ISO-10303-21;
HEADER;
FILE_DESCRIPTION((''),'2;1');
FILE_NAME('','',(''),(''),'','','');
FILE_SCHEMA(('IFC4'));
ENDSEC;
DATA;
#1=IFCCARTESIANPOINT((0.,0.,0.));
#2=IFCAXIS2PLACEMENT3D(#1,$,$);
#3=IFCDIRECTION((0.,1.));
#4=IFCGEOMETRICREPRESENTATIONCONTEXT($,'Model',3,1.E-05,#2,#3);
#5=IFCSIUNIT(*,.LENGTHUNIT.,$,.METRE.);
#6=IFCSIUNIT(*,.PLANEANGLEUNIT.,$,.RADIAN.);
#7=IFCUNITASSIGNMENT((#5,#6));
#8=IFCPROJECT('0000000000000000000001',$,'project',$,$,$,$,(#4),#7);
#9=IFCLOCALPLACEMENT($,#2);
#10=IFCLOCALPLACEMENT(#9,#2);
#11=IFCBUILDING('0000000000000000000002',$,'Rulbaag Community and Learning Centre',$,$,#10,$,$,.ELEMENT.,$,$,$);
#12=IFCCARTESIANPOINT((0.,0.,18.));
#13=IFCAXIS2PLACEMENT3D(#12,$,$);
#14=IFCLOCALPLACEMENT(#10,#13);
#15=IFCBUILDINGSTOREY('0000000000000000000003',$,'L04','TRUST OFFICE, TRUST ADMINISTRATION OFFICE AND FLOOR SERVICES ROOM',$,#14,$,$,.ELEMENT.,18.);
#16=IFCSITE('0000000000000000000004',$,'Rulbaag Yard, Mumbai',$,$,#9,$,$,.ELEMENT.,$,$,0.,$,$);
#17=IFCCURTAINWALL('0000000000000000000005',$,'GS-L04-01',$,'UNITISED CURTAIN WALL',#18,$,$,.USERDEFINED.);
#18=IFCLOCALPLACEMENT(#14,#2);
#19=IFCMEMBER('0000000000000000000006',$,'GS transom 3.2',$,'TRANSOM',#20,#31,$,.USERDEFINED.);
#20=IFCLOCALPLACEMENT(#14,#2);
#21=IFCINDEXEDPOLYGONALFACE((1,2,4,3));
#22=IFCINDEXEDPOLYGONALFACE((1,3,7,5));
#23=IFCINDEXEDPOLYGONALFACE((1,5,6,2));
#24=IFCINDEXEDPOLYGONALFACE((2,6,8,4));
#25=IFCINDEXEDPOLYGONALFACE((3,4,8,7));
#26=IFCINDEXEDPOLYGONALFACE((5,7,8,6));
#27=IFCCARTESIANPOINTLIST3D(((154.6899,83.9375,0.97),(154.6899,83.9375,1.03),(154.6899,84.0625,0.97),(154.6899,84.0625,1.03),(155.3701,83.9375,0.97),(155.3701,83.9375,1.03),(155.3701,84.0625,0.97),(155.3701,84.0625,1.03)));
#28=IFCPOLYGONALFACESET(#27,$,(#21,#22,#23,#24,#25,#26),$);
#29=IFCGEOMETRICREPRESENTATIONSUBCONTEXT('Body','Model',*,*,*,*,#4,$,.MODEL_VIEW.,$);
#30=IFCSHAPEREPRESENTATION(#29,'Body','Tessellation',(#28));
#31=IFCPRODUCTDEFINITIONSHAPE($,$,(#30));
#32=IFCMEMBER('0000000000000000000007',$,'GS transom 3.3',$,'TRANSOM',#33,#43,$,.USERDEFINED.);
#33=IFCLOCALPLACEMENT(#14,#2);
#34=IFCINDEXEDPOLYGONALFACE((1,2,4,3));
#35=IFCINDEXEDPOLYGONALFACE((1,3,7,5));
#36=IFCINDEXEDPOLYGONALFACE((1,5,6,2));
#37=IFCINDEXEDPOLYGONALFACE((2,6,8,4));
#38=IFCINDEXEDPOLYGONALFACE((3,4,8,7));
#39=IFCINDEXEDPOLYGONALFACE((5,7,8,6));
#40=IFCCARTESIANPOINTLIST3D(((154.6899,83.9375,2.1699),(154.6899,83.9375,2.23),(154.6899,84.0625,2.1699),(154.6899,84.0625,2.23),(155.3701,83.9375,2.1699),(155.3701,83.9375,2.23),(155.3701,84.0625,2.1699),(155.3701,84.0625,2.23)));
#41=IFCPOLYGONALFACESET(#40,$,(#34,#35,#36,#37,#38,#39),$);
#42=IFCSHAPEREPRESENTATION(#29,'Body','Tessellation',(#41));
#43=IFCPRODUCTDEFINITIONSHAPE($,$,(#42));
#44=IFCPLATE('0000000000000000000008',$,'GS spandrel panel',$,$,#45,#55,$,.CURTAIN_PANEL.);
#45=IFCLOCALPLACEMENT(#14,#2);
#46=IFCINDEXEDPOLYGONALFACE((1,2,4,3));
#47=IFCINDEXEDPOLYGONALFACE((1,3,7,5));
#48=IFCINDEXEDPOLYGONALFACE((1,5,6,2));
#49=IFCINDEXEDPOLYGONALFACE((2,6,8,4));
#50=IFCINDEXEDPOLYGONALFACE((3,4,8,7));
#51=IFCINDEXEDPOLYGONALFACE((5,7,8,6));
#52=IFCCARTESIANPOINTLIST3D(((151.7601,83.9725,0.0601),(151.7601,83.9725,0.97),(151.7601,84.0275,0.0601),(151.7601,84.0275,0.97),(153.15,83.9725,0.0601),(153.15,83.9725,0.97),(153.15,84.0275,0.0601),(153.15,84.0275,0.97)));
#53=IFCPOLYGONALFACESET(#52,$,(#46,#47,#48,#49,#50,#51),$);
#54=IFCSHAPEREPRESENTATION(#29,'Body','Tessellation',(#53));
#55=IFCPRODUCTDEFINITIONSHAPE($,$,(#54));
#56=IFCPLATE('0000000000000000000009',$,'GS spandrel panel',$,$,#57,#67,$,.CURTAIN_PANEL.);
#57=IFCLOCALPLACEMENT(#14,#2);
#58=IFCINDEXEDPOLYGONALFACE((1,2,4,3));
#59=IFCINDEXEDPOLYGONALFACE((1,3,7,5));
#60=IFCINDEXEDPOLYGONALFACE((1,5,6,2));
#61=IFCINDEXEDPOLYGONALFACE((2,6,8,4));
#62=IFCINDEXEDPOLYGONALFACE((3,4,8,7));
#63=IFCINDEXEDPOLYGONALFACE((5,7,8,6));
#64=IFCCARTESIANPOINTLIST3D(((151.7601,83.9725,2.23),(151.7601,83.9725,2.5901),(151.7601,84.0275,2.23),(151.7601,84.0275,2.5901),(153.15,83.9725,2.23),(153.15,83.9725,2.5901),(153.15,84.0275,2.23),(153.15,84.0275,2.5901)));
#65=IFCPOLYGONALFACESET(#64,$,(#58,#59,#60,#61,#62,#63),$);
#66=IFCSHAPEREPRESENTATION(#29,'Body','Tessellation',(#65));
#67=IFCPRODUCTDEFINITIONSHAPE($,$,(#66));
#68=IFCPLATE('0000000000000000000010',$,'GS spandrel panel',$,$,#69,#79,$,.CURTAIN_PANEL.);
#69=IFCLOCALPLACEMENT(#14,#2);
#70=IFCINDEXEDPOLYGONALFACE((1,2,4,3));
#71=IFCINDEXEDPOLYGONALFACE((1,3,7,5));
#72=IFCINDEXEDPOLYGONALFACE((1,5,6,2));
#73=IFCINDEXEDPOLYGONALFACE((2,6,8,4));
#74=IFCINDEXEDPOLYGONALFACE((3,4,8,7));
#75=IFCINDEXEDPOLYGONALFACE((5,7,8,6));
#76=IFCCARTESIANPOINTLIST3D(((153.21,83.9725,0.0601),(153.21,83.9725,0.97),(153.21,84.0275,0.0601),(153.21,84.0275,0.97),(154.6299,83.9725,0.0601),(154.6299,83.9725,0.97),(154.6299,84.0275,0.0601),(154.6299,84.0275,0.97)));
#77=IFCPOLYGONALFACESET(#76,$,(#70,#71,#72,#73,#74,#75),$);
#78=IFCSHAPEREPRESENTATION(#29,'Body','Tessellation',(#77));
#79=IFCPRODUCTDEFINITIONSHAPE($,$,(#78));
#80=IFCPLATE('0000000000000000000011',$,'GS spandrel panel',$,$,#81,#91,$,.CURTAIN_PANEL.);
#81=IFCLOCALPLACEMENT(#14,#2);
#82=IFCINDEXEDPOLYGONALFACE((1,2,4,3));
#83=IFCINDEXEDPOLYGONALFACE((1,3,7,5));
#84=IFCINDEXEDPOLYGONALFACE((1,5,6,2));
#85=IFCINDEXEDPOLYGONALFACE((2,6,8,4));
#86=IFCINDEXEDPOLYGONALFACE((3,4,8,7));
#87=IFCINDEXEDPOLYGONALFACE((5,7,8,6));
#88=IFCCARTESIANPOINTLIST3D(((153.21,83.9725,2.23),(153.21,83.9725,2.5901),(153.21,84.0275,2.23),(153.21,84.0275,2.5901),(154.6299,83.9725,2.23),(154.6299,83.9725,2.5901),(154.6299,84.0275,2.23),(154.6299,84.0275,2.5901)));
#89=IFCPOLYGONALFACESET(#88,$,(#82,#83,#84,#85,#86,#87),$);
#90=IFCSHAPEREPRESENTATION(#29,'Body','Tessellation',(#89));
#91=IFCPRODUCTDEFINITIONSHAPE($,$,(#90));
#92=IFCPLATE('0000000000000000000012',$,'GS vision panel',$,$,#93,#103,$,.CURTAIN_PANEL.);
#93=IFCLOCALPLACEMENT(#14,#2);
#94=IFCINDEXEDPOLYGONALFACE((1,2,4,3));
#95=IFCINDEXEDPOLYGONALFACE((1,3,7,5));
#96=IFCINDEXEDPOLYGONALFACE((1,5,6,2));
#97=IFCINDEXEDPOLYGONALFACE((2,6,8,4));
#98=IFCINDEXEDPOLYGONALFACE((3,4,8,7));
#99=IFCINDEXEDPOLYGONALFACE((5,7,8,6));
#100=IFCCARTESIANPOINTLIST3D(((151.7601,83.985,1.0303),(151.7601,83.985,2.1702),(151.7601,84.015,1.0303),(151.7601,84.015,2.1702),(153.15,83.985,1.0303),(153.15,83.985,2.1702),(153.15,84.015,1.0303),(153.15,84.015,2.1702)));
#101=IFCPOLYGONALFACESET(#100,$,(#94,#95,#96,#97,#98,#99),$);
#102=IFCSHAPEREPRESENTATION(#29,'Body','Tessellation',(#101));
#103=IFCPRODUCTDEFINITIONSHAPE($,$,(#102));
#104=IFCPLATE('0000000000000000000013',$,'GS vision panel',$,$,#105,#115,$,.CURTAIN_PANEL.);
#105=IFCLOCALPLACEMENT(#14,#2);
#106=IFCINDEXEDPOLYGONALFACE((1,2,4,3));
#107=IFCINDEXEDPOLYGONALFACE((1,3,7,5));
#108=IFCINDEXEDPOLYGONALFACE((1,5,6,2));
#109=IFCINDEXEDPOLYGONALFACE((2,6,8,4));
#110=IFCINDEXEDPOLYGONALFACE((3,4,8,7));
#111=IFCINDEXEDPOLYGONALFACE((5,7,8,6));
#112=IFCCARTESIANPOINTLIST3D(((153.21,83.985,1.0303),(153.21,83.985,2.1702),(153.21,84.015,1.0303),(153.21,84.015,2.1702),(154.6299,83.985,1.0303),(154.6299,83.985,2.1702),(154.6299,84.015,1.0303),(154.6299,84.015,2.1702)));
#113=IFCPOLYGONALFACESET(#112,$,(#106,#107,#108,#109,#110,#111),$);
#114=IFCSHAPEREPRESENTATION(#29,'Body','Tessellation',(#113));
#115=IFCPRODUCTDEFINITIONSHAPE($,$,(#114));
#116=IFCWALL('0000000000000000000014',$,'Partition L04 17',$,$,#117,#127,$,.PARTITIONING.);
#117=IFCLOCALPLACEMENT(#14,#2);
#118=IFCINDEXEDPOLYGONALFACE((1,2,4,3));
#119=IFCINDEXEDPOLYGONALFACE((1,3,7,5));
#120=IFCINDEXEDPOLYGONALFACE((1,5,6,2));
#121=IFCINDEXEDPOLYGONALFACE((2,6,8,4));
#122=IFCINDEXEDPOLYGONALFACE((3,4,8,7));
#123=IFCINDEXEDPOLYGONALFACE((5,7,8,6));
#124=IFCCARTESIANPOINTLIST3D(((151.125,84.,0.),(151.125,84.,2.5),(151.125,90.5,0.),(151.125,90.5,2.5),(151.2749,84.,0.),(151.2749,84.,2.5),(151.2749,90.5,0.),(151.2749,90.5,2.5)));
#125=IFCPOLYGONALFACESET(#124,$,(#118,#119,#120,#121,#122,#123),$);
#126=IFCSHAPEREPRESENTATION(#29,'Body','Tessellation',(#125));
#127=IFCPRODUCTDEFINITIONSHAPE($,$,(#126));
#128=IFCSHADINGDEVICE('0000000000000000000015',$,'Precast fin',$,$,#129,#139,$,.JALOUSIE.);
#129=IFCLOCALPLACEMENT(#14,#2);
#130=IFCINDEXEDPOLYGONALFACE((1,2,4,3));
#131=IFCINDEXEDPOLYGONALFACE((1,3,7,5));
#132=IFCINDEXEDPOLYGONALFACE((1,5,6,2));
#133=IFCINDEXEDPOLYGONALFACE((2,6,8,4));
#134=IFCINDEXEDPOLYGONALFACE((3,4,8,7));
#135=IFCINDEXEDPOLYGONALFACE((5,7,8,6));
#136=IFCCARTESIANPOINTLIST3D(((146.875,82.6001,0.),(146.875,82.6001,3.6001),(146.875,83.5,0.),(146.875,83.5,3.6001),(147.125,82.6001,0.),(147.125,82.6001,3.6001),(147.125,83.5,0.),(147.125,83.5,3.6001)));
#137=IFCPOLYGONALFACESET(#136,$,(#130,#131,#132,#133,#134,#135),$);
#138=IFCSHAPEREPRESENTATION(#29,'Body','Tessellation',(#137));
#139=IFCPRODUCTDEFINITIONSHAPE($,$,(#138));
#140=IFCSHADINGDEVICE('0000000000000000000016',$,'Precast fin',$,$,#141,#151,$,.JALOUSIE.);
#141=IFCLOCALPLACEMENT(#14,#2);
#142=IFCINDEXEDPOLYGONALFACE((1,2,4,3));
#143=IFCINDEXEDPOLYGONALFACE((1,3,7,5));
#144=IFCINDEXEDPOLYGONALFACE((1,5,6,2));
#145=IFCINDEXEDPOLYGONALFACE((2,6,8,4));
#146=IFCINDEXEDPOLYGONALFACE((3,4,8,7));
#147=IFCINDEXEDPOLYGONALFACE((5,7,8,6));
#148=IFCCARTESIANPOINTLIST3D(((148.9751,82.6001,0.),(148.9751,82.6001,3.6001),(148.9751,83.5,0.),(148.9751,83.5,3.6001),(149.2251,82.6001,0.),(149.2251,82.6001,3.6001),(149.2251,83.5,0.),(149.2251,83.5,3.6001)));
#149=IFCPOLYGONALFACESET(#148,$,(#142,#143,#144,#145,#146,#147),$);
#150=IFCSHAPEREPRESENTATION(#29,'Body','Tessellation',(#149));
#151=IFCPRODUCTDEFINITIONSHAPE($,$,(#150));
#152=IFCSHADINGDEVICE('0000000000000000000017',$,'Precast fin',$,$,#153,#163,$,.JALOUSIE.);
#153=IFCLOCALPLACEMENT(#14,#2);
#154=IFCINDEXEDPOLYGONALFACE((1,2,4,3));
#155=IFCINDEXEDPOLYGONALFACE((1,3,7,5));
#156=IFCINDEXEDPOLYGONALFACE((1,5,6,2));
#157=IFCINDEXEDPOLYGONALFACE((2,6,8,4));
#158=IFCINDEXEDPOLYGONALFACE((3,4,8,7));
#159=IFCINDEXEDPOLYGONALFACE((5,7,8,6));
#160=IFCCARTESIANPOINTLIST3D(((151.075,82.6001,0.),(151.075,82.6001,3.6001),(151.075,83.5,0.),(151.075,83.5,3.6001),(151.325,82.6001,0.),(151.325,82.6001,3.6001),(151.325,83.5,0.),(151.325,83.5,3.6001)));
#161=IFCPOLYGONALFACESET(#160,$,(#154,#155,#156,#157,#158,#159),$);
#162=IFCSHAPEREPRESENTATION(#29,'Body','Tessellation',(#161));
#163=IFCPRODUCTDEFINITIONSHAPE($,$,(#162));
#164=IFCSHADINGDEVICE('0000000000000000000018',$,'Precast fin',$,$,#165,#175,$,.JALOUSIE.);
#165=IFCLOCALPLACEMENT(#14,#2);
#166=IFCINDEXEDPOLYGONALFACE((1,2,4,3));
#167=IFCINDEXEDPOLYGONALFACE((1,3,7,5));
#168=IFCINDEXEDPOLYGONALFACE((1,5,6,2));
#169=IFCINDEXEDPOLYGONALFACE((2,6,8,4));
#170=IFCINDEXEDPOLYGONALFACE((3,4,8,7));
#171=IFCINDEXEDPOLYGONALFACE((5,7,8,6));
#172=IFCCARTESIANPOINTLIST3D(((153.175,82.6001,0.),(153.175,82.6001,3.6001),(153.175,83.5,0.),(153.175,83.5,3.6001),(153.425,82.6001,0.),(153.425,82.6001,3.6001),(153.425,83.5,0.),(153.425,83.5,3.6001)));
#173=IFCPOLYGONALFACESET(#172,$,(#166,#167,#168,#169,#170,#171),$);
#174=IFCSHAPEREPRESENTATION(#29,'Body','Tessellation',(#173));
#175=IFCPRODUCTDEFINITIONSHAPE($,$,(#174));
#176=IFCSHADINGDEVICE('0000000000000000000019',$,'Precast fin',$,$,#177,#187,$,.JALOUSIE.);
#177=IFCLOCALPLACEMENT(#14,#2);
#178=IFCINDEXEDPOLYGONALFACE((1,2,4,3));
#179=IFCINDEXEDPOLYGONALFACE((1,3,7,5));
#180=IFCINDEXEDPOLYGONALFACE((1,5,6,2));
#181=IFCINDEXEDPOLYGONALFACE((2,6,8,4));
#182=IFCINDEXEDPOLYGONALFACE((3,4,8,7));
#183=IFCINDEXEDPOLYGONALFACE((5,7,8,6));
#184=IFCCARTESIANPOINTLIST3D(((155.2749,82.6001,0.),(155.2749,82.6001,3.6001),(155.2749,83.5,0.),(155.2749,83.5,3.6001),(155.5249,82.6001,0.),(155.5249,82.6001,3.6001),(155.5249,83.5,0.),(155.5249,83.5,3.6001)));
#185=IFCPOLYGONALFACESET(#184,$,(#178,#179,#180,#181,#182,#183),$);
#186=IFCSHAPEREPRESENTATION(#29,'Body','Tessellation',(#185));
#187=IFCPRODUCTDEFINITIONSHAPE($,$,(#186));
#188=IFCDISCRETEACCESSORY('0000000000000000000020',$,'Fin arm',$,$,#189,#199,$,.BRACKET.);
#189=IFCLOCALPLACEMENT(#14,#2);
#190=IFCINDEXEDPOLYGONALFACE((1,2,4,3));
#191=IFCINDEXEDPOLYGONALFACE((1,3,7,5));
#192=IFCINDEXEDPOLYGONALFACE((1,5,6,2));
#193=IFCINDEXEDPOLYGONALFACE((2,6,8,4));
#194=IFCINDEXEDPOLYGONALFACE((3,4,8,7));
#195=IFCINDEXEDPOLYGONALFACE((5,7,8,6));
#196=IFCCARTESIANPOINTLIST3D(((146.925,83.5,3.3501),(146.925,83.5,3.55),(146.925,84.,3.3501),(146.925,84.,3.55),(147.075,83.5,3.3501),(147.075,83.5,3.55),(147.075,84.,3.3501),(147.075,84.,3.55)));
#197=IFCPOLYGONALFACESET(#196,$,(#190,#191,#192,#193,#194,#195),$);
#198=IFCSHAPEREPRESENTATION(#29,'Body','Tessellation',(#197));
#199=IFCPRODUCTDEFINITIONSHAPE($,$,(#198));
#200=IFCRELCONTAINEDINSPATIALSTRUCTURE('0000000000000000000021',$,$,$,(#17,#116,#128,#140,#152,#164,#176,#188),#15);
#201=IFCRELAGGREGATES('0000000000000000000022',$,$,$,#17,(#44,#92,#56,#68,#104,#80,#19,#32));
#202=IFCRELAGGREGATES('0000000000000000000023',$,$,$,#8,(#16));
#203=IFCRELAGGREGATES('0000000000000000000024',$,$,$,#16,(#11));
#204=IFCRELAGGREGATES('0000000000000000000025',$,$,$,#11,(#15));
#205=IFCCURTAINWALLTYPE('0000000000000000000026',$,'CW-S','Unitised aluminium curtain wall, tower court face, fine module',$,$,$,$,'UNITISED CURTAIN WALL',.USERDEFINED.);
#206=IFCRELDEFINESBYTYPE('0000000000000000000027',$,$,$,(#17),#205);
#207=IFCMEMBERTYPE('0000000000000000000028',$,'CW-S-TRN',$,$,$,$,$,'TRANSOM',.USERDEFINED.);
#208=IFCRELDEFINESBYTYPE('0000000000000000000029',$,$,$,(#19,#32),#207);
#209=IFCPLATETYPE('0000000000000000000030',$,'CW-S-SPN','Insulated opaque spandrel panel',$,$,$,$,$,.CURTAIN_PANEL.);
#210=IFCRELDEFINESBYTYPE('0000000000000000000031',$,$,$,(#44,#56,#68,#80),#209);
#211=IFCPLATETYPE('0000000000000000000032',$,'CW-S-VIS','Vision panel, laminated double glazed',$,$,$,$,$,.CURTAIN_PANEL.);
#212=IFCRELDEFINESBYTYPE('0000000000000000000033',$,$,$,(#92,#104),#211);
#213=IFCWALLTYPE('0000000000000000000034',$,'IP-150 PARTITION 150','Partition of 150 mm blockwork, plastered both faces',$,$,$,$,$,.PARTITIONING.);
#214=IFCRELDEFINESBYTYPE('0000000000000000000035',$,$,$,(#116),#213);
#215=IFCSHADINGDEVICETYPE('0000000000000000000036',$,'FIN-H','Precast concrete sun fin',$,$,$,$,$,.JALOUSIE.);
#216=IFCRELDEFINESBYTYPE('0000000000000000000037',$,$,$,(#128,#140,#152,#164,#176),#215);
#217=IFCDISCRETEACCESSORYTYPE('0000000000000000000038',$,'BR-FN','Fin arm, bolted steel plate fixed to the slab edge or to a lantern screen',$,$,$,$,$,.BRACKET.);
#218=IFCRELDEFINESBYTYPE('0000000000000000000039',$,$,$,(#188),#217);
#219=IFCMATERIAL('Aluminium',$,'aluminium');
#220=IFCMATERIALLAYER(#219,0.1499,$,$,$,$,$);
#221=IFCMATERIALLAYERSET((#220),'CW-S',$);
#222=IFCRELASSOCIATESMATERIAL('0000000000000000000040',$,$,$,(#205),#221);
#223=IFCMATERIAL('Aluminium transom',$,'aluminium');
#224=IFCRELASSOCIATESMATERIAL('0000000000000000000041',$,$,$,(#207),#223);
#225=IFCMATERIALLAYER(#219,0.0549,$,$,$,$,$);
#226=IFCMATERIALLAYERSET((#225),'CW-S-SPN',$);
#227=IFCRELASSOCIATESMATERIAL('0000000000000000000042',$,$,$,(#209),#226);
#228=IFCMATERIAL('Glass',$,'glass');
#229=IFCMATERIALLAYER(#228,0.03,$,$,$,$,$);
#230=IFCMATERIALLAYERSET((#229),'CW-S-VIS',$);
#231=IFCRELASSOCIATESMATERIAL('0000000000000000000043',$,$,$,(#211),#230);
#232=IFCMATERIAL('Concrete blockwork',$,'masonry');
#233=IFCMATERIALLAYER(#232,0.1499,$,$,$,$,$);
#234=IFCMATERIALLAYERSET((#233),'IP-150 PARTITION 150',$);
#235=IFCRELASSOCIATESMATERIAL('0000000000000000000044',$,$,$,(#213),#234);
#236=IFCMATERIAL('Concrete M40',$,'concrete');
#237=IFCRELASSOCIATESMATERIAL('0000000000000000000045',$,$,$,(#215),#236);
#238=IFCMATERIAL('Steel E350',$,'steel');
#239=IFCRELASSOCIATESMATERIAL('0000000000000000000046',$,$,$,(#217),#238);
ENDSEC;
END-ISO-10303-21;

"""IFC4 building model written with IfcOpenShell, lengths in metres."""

from ifc_helpers import new_model, si_unit, direction, frame, frame_2d, origin, origin_2d, place, context, subcontext, project, spatial, rectangle, extrude, material, layer, layer_set, material_profile, profile_set, type_object, element, aggregate, save


model = new_model("IFC4")

# Units and contexts
model_context = context("Model", 3, precision=1e-05, world=origin(), true_north=direction((0.0, 1.0)))
body_context = subcontext(model_context, "Body", "Model", "MODEL_VIEW")
ifc_project = project(units=[si_unit("LENGTHUNIT", "METRE"), si_unit("PLANEANGLEUNIT", "RADIAN")], contexts=[model_context])

# Site, building, storey
site_placement = place(None, origin())
site = spatial("IfcSite", under=ifc_project, at=site_placement, Name="Rulbaag Yard, Mumbai", CompositionType="ELEMENT", RefElevation=0.0)
building_placement = place(site_placement, origin())
building = spatial("IfcBuilding", under=site, at=building_placement, Name="Rulbaag Community and Learning Centre", CompositionType="ELEMENT")
storey_placement = place(building_placement, frame((0.0, 0.0, 18.0)))
storey = spatial("IfcBuildingStorey", under=building, at=storey_placement, Name="L04", Description="TRUST OFFICE, TRUST ADMINISTRATION OFFICE AND FLOOR SERVICES ROOM", CompositionType="ELEMENT", Elevation=18.0)

# Shared definitions
ifc_material_1 = material(Name="Concrete M40", Category="concrete")

# Curtain wall, members, plates
ifc_material_2 = material(Name="Aluminium", Category="aluminium")
ifc_layer_1 = layer(ifc_material_2, 0.1499)
ifc_layer_set_1 = layer_set([ifc_layer_1], Name="CW-S")
curtain_wall_type = type_object("IfcCurtainWallType", Name="CW-S", Description="Unitised aluminium curtain wall, tower court face, fine module", ElementType="UNITISED CURTAIN WALL", PredefinedType="USERDEFINED", material=ifc_layer_set_1)
curtain_wall_placement = place(storey_placement, origin())
curtain_wall = element("IfcCurtainWall", 1, at=curtain_wall_placement, inside=storey, type_object=curtain_wall_type, Name="GS-L04-01", ObjectType="UNITISED CURTAIN WALL", PredefinedType="USERDEFINED")
ifc_material_3 = material(Name="Aluminium transom", Category="aluminium")
ifc_material_profile_1 = material_profile(ifc_material_3, rectangle(XDim=0.125, YDim=0.0601, at=origin_2d()), Name="AL 60x125 T")
ifc_profile_set_1 = profile_set([ifc_material_profile_1], Name="Aluminium transom")
member_type_1 = type_object("IfcMemberType", Name="CW-S-TRN", ElementType="TRANSOM", PredefinedType="USERDEFINED", material=ifc_profile_set_1)
member_1_placement = place(storey_placement, frame((154.6899, 84.0, 1.0), z_axis=(1.0, 0.0, 0.0), x_axis=(0.0, 1.0, 0.0)))
member_1 = element("IfcMember", 2, at=member_1_placement, type_object=member_type_1, Name="GS transom 3.2", ObjectType="TRANSOM", PredefinedType="USERDEFINED", context=body_context, shape_type="SweptSolid", body=[
    extrude(rectangle(XDim=0.125, YDim=0.0601, at=origin_2d()), origin(), (0.0, 0.0, 1.0), 0.6802),
])
member_2_placement = place(storey_placement, frame((154.6899, 84.0, 2.2), z_axis=(1.0, 0.0, 0.0), x_axis=(0.0, 1.0, 0.0)))
member_2 = element("IfcMember", 3, at=member_2_placement, type_object=member_type_1, Name="GS transom 3.3", ObjectType="TRANSOM", PredefinedType="USERDEFINED", context=body_context, shape_type="SweptSolid", body=[
    extrude(rectangle(XDim=0.125, YDim=0.0601, at=origin_2d()), origin(), (0.0, 0.0, 1.0), 0.6802),
])
ifc_layer_2 = layer(ifc_material_2, 0.0549)
ifc_layer_set_2 = layer_set([ifc_layer_2], Name="CW-S-SPN")
plate_type_1 = type_object("IfcPlateType", Name="CW-S-SPN", Description="Insulated opaque spandrel panel", PredefinedType="CURTAIN_PANEL", material=ifc_layer_set_2)
plate_1_placement = place(storey_placement, frame((152.4551, 84.0, 0.0601), z_axis=(0.0, 0.0, 1.0), x_axis=(1.0, 0.0, 0.0)))
plate_1 = element("IfcPlate", 4, at=plate_1_placement, type_object=plate_type_1, Name="GS spandrel panel", PredefinedType="CURTAIN_PANEL", context=body_context, shape_type="SweptSolid", body=[
    extrude(rectangle(XDim=1.3899, YDim=0.0549, at=origin_2d()), origin(), (0.0, 0.0, 1.0), 0.9099),
])
plate_2_placement = place(storey_placement, frame((152.4551, 84.0, 2.23), z_axis=(0.0, 0.0, 1.0), x_axis=(1.0, 0.0, 0.0)))
plate_2 = element("IfcPlate", 5, at=plate_2_placement, type_object=plate_type_1, Name="GS spandrel panel", PredefinedType="CURTAIN_PANEL", context=body_context, shape_type="SweptSolid", body=[
    extrude(rectangle(XDim=1.3899, YDim=0.0549, at=origin_2d()), origin(), (0.0, 0.0, 1.0), 0.3601),
])
plate_3_placement = place(storey_placement, frame((153.9199, 84.0, 0.0601), z_axis=(0.0, 0.0, 1.0), x_axis=(1.0, 0.0, 0.0)))
plate_3 = element("IfcPlate", 6, at=plate_3_placement, type_object=plate_type_1, Name="GS spandrel panel", PredefinedType="CURTAIN_PANEL", context=body_context, shape_type="SweptSolid", body=[
    extrude(rectangle(XDim=1.4199, YDim=0.0549, at=origin_2d()), origin(), (0.0, 0.0, 1.0), 0.9099),
])
plate_4_placement = place(storey_placement, frame((153.9199, 84.0, 2.23), z_axis=(0.0, 0.0, 1.0), x_axis=(1.0, 0.0, 0.0)))
plate_4 = element("IfcPlate", 7, at=plate_4_placement, type_object=plate_type_1, Name="GS spandrel panel", PredefinedType="CURTAIN_PANEL", context=body_context, shape_type="SweptSolid", body=[
    extrude(rectangle(XDim=1.4199, YDim=0.0549, at=origin_2d()), origin(), (0.0, 0.0, 1.0), 0.3601),
])
ifc_material_4 = material(Name="Glass", Category="glass")
ifc_layer_3 = layer(ifc_material_4, 0.03)
ifc_layer_set_3 = layer_set([ifc_layer_3], Name="CW-S-VIS")
plate_type_2 = type_object("IfcPlateType", Name="CW-S-VIS", Description="Vision panel, laminated double glazed", PredefinedType="CURTAIN_PANEL", material=ifc_layer_set_3)
plate_5_placement = place(storey_placement, frame((152.4551, 84.0, 1.0303), z_axis=(0.0, 0.0, 1.0), x_axis=(1.0, 0.0, 0.0)))
plate_5 = element("IfcPlate", 8, at=plate_5_placement, type_object=plate_type_2, Name="GS vision panel", PredefinedType="CURTAIN_PANEL", context=body_context, shape_type="SweptSolid", body=[
    extrude(rectangle(XDim=1.3899, YDim=0.03, at=origin_2d()), origin(), (0.0, 0.0, 1.0), 1.1399),
])
plate_6_placement = place(storey_placement, frame((153.9199, 84.0, 1.0303), z_axis=(0.0, 0.0, 1.0), x_axis=(1.0, 0.0, 0.0)))
plate_6 = element("IfcPlate", 9, at=plate_6_placement, type_object=plate_type_2, Name="GS vision panel", PredefinedType="CURTAIN_PANEL", context=body_context, shape_type="SweptSolid", body=[
    extrude(rectangle(XDim=1.4199, YDim=0.03, at=origin_2d()), origin(), (0.0, 0.0, 1.0), 1.1399),
])
aggregate(curtain_wall, [plate_1, plate_5, plate_2, plate_3, plate_6, plate_4, member_1, member_2])

# Wall
ifc_material_5 = material(Name="Concrete blockwork", Category="masonry")
ifc_layer_4 = layer(ifc_material_5, 0.1499)
ifc_layer_set_4 = layer_set([ifc_layer_4], Name="IP-150 PARTITION 150")
wall_type = type_object("IfcWallType", Name="IP-150 PARTITION 150", Description="Partition of 150 mm blockwork, plastered both faces", PredefinedType="PARTITIONING", material=ifc_layer_set_4)
wall_placement = place(storey_placement, frame((151.2, 84.0, 0.0), z_axis=(0.0, 0.0, 1.0), x_axis=(0.0, 1.0, 0.0)))
element("IfcWall", 10, at=wall_placement, inside=storey, type_object=wall_type, Name="Partition L04 17", PredefinedType="PARTITIONING", context=body_context, shape_type="SweptSolid", body=[
    extrude(rectangle(XDim=6.5, YDim=0.1499, at=frame_2d((3.25, 0.0))), origin(), (0.0, 0.0, 1.0), 2.5),
])

# Shading devices
ifc_material_profile_2 = material_profile(ifc_material_1, rectangle(XDim=0.25, YDim=0.8999, at=origin_2d()), Name="PC 250x900")
ifc_profile_set_2 = profile_set([ifc_material_profile_2], Name="Concrete M40")
shading_device_type = type_object("IfcShadingDeviceType", Name="FIN-H", Description="Precast concrete sun fin", PredefinedType="JALOUSIE", material=ifc_profile_set_2)
for number, where, z_axis, x_axis, name in (
    (11, (147.0, 83.05, 0.0), (0.0, 0.0, 1.0), (1.0, 0.0, 0.0), "Precast fin"),
    (12, (149.1001, 83.05, 0.0), (0.0, 0.0, 1.0), (1.0, 0.0, 0.0), "Precast fin"),
    (13, (151.2, 83.05, 0.0), (0.0, 0.0, 1.0), (1.0, 0.0, 0.0), "Precast fin"),
    (14, (153.3, 83.05, 0.0), (0.0, 0.0, 1.0), (1.0, 0.0, 0.0), "Precast fin"),
    (15, (155.3999, 83.05, 0.0), (0.0, 0.0, 1.0), (1.0, 0.0, 0.0), "Precast fin"),
):
    element("IfcShadingDevice", number, at=place(storey_placement, frame(where, z_axis=z_axis, x_axis=x_axis)), inside=storey, type_object=shading_device_type, Name=name, PredefinedType="JALOUSIE", context=body_context, shape_type="SweptSolid", body=[
        extrude(rectangle(XDim=0.25, YDim=0.8999, at=origin_2d()), origin(), (0.0, 0.0, 1.0), 3.6001),
    ])

# Discrete accessory
ifc_material_6 = material(Name="Steel E350", Category="steel")
discrete_accessory_type = type_object("IfcDiscreteAccessoryType", Name="BR-FN", Description="Fin arm, bolted steel plate fixed to the slab edge or to a lantern screen", PredefinedType="BRACKET", material=ifc_material_6)
for number, where, z_axis, x_axis, name in (
    (16, (147.0, 83.75, 3.3501), (0.0, 0.0, 1.0), (1.0, 0.0, 0.0), "Fin arm"),
):
    element("IfcDiscreteAccessory", number, at=place(storey_placement, frame(where, z_axis=z_axis, x_axis=x_axis)), inside=storey, type_object=discrete_accessory_type, Name=name, PredefinedType="BRACKET", context=body_context, shape_type="SweptSolid", body=[
        extrude(rectangle(XDim=0.1499, YDim=0.5, at=origin_2d()), origin(), (0.0, 0.0, 1.0), 0.2),
    ])

save(model, "model.ifc")
